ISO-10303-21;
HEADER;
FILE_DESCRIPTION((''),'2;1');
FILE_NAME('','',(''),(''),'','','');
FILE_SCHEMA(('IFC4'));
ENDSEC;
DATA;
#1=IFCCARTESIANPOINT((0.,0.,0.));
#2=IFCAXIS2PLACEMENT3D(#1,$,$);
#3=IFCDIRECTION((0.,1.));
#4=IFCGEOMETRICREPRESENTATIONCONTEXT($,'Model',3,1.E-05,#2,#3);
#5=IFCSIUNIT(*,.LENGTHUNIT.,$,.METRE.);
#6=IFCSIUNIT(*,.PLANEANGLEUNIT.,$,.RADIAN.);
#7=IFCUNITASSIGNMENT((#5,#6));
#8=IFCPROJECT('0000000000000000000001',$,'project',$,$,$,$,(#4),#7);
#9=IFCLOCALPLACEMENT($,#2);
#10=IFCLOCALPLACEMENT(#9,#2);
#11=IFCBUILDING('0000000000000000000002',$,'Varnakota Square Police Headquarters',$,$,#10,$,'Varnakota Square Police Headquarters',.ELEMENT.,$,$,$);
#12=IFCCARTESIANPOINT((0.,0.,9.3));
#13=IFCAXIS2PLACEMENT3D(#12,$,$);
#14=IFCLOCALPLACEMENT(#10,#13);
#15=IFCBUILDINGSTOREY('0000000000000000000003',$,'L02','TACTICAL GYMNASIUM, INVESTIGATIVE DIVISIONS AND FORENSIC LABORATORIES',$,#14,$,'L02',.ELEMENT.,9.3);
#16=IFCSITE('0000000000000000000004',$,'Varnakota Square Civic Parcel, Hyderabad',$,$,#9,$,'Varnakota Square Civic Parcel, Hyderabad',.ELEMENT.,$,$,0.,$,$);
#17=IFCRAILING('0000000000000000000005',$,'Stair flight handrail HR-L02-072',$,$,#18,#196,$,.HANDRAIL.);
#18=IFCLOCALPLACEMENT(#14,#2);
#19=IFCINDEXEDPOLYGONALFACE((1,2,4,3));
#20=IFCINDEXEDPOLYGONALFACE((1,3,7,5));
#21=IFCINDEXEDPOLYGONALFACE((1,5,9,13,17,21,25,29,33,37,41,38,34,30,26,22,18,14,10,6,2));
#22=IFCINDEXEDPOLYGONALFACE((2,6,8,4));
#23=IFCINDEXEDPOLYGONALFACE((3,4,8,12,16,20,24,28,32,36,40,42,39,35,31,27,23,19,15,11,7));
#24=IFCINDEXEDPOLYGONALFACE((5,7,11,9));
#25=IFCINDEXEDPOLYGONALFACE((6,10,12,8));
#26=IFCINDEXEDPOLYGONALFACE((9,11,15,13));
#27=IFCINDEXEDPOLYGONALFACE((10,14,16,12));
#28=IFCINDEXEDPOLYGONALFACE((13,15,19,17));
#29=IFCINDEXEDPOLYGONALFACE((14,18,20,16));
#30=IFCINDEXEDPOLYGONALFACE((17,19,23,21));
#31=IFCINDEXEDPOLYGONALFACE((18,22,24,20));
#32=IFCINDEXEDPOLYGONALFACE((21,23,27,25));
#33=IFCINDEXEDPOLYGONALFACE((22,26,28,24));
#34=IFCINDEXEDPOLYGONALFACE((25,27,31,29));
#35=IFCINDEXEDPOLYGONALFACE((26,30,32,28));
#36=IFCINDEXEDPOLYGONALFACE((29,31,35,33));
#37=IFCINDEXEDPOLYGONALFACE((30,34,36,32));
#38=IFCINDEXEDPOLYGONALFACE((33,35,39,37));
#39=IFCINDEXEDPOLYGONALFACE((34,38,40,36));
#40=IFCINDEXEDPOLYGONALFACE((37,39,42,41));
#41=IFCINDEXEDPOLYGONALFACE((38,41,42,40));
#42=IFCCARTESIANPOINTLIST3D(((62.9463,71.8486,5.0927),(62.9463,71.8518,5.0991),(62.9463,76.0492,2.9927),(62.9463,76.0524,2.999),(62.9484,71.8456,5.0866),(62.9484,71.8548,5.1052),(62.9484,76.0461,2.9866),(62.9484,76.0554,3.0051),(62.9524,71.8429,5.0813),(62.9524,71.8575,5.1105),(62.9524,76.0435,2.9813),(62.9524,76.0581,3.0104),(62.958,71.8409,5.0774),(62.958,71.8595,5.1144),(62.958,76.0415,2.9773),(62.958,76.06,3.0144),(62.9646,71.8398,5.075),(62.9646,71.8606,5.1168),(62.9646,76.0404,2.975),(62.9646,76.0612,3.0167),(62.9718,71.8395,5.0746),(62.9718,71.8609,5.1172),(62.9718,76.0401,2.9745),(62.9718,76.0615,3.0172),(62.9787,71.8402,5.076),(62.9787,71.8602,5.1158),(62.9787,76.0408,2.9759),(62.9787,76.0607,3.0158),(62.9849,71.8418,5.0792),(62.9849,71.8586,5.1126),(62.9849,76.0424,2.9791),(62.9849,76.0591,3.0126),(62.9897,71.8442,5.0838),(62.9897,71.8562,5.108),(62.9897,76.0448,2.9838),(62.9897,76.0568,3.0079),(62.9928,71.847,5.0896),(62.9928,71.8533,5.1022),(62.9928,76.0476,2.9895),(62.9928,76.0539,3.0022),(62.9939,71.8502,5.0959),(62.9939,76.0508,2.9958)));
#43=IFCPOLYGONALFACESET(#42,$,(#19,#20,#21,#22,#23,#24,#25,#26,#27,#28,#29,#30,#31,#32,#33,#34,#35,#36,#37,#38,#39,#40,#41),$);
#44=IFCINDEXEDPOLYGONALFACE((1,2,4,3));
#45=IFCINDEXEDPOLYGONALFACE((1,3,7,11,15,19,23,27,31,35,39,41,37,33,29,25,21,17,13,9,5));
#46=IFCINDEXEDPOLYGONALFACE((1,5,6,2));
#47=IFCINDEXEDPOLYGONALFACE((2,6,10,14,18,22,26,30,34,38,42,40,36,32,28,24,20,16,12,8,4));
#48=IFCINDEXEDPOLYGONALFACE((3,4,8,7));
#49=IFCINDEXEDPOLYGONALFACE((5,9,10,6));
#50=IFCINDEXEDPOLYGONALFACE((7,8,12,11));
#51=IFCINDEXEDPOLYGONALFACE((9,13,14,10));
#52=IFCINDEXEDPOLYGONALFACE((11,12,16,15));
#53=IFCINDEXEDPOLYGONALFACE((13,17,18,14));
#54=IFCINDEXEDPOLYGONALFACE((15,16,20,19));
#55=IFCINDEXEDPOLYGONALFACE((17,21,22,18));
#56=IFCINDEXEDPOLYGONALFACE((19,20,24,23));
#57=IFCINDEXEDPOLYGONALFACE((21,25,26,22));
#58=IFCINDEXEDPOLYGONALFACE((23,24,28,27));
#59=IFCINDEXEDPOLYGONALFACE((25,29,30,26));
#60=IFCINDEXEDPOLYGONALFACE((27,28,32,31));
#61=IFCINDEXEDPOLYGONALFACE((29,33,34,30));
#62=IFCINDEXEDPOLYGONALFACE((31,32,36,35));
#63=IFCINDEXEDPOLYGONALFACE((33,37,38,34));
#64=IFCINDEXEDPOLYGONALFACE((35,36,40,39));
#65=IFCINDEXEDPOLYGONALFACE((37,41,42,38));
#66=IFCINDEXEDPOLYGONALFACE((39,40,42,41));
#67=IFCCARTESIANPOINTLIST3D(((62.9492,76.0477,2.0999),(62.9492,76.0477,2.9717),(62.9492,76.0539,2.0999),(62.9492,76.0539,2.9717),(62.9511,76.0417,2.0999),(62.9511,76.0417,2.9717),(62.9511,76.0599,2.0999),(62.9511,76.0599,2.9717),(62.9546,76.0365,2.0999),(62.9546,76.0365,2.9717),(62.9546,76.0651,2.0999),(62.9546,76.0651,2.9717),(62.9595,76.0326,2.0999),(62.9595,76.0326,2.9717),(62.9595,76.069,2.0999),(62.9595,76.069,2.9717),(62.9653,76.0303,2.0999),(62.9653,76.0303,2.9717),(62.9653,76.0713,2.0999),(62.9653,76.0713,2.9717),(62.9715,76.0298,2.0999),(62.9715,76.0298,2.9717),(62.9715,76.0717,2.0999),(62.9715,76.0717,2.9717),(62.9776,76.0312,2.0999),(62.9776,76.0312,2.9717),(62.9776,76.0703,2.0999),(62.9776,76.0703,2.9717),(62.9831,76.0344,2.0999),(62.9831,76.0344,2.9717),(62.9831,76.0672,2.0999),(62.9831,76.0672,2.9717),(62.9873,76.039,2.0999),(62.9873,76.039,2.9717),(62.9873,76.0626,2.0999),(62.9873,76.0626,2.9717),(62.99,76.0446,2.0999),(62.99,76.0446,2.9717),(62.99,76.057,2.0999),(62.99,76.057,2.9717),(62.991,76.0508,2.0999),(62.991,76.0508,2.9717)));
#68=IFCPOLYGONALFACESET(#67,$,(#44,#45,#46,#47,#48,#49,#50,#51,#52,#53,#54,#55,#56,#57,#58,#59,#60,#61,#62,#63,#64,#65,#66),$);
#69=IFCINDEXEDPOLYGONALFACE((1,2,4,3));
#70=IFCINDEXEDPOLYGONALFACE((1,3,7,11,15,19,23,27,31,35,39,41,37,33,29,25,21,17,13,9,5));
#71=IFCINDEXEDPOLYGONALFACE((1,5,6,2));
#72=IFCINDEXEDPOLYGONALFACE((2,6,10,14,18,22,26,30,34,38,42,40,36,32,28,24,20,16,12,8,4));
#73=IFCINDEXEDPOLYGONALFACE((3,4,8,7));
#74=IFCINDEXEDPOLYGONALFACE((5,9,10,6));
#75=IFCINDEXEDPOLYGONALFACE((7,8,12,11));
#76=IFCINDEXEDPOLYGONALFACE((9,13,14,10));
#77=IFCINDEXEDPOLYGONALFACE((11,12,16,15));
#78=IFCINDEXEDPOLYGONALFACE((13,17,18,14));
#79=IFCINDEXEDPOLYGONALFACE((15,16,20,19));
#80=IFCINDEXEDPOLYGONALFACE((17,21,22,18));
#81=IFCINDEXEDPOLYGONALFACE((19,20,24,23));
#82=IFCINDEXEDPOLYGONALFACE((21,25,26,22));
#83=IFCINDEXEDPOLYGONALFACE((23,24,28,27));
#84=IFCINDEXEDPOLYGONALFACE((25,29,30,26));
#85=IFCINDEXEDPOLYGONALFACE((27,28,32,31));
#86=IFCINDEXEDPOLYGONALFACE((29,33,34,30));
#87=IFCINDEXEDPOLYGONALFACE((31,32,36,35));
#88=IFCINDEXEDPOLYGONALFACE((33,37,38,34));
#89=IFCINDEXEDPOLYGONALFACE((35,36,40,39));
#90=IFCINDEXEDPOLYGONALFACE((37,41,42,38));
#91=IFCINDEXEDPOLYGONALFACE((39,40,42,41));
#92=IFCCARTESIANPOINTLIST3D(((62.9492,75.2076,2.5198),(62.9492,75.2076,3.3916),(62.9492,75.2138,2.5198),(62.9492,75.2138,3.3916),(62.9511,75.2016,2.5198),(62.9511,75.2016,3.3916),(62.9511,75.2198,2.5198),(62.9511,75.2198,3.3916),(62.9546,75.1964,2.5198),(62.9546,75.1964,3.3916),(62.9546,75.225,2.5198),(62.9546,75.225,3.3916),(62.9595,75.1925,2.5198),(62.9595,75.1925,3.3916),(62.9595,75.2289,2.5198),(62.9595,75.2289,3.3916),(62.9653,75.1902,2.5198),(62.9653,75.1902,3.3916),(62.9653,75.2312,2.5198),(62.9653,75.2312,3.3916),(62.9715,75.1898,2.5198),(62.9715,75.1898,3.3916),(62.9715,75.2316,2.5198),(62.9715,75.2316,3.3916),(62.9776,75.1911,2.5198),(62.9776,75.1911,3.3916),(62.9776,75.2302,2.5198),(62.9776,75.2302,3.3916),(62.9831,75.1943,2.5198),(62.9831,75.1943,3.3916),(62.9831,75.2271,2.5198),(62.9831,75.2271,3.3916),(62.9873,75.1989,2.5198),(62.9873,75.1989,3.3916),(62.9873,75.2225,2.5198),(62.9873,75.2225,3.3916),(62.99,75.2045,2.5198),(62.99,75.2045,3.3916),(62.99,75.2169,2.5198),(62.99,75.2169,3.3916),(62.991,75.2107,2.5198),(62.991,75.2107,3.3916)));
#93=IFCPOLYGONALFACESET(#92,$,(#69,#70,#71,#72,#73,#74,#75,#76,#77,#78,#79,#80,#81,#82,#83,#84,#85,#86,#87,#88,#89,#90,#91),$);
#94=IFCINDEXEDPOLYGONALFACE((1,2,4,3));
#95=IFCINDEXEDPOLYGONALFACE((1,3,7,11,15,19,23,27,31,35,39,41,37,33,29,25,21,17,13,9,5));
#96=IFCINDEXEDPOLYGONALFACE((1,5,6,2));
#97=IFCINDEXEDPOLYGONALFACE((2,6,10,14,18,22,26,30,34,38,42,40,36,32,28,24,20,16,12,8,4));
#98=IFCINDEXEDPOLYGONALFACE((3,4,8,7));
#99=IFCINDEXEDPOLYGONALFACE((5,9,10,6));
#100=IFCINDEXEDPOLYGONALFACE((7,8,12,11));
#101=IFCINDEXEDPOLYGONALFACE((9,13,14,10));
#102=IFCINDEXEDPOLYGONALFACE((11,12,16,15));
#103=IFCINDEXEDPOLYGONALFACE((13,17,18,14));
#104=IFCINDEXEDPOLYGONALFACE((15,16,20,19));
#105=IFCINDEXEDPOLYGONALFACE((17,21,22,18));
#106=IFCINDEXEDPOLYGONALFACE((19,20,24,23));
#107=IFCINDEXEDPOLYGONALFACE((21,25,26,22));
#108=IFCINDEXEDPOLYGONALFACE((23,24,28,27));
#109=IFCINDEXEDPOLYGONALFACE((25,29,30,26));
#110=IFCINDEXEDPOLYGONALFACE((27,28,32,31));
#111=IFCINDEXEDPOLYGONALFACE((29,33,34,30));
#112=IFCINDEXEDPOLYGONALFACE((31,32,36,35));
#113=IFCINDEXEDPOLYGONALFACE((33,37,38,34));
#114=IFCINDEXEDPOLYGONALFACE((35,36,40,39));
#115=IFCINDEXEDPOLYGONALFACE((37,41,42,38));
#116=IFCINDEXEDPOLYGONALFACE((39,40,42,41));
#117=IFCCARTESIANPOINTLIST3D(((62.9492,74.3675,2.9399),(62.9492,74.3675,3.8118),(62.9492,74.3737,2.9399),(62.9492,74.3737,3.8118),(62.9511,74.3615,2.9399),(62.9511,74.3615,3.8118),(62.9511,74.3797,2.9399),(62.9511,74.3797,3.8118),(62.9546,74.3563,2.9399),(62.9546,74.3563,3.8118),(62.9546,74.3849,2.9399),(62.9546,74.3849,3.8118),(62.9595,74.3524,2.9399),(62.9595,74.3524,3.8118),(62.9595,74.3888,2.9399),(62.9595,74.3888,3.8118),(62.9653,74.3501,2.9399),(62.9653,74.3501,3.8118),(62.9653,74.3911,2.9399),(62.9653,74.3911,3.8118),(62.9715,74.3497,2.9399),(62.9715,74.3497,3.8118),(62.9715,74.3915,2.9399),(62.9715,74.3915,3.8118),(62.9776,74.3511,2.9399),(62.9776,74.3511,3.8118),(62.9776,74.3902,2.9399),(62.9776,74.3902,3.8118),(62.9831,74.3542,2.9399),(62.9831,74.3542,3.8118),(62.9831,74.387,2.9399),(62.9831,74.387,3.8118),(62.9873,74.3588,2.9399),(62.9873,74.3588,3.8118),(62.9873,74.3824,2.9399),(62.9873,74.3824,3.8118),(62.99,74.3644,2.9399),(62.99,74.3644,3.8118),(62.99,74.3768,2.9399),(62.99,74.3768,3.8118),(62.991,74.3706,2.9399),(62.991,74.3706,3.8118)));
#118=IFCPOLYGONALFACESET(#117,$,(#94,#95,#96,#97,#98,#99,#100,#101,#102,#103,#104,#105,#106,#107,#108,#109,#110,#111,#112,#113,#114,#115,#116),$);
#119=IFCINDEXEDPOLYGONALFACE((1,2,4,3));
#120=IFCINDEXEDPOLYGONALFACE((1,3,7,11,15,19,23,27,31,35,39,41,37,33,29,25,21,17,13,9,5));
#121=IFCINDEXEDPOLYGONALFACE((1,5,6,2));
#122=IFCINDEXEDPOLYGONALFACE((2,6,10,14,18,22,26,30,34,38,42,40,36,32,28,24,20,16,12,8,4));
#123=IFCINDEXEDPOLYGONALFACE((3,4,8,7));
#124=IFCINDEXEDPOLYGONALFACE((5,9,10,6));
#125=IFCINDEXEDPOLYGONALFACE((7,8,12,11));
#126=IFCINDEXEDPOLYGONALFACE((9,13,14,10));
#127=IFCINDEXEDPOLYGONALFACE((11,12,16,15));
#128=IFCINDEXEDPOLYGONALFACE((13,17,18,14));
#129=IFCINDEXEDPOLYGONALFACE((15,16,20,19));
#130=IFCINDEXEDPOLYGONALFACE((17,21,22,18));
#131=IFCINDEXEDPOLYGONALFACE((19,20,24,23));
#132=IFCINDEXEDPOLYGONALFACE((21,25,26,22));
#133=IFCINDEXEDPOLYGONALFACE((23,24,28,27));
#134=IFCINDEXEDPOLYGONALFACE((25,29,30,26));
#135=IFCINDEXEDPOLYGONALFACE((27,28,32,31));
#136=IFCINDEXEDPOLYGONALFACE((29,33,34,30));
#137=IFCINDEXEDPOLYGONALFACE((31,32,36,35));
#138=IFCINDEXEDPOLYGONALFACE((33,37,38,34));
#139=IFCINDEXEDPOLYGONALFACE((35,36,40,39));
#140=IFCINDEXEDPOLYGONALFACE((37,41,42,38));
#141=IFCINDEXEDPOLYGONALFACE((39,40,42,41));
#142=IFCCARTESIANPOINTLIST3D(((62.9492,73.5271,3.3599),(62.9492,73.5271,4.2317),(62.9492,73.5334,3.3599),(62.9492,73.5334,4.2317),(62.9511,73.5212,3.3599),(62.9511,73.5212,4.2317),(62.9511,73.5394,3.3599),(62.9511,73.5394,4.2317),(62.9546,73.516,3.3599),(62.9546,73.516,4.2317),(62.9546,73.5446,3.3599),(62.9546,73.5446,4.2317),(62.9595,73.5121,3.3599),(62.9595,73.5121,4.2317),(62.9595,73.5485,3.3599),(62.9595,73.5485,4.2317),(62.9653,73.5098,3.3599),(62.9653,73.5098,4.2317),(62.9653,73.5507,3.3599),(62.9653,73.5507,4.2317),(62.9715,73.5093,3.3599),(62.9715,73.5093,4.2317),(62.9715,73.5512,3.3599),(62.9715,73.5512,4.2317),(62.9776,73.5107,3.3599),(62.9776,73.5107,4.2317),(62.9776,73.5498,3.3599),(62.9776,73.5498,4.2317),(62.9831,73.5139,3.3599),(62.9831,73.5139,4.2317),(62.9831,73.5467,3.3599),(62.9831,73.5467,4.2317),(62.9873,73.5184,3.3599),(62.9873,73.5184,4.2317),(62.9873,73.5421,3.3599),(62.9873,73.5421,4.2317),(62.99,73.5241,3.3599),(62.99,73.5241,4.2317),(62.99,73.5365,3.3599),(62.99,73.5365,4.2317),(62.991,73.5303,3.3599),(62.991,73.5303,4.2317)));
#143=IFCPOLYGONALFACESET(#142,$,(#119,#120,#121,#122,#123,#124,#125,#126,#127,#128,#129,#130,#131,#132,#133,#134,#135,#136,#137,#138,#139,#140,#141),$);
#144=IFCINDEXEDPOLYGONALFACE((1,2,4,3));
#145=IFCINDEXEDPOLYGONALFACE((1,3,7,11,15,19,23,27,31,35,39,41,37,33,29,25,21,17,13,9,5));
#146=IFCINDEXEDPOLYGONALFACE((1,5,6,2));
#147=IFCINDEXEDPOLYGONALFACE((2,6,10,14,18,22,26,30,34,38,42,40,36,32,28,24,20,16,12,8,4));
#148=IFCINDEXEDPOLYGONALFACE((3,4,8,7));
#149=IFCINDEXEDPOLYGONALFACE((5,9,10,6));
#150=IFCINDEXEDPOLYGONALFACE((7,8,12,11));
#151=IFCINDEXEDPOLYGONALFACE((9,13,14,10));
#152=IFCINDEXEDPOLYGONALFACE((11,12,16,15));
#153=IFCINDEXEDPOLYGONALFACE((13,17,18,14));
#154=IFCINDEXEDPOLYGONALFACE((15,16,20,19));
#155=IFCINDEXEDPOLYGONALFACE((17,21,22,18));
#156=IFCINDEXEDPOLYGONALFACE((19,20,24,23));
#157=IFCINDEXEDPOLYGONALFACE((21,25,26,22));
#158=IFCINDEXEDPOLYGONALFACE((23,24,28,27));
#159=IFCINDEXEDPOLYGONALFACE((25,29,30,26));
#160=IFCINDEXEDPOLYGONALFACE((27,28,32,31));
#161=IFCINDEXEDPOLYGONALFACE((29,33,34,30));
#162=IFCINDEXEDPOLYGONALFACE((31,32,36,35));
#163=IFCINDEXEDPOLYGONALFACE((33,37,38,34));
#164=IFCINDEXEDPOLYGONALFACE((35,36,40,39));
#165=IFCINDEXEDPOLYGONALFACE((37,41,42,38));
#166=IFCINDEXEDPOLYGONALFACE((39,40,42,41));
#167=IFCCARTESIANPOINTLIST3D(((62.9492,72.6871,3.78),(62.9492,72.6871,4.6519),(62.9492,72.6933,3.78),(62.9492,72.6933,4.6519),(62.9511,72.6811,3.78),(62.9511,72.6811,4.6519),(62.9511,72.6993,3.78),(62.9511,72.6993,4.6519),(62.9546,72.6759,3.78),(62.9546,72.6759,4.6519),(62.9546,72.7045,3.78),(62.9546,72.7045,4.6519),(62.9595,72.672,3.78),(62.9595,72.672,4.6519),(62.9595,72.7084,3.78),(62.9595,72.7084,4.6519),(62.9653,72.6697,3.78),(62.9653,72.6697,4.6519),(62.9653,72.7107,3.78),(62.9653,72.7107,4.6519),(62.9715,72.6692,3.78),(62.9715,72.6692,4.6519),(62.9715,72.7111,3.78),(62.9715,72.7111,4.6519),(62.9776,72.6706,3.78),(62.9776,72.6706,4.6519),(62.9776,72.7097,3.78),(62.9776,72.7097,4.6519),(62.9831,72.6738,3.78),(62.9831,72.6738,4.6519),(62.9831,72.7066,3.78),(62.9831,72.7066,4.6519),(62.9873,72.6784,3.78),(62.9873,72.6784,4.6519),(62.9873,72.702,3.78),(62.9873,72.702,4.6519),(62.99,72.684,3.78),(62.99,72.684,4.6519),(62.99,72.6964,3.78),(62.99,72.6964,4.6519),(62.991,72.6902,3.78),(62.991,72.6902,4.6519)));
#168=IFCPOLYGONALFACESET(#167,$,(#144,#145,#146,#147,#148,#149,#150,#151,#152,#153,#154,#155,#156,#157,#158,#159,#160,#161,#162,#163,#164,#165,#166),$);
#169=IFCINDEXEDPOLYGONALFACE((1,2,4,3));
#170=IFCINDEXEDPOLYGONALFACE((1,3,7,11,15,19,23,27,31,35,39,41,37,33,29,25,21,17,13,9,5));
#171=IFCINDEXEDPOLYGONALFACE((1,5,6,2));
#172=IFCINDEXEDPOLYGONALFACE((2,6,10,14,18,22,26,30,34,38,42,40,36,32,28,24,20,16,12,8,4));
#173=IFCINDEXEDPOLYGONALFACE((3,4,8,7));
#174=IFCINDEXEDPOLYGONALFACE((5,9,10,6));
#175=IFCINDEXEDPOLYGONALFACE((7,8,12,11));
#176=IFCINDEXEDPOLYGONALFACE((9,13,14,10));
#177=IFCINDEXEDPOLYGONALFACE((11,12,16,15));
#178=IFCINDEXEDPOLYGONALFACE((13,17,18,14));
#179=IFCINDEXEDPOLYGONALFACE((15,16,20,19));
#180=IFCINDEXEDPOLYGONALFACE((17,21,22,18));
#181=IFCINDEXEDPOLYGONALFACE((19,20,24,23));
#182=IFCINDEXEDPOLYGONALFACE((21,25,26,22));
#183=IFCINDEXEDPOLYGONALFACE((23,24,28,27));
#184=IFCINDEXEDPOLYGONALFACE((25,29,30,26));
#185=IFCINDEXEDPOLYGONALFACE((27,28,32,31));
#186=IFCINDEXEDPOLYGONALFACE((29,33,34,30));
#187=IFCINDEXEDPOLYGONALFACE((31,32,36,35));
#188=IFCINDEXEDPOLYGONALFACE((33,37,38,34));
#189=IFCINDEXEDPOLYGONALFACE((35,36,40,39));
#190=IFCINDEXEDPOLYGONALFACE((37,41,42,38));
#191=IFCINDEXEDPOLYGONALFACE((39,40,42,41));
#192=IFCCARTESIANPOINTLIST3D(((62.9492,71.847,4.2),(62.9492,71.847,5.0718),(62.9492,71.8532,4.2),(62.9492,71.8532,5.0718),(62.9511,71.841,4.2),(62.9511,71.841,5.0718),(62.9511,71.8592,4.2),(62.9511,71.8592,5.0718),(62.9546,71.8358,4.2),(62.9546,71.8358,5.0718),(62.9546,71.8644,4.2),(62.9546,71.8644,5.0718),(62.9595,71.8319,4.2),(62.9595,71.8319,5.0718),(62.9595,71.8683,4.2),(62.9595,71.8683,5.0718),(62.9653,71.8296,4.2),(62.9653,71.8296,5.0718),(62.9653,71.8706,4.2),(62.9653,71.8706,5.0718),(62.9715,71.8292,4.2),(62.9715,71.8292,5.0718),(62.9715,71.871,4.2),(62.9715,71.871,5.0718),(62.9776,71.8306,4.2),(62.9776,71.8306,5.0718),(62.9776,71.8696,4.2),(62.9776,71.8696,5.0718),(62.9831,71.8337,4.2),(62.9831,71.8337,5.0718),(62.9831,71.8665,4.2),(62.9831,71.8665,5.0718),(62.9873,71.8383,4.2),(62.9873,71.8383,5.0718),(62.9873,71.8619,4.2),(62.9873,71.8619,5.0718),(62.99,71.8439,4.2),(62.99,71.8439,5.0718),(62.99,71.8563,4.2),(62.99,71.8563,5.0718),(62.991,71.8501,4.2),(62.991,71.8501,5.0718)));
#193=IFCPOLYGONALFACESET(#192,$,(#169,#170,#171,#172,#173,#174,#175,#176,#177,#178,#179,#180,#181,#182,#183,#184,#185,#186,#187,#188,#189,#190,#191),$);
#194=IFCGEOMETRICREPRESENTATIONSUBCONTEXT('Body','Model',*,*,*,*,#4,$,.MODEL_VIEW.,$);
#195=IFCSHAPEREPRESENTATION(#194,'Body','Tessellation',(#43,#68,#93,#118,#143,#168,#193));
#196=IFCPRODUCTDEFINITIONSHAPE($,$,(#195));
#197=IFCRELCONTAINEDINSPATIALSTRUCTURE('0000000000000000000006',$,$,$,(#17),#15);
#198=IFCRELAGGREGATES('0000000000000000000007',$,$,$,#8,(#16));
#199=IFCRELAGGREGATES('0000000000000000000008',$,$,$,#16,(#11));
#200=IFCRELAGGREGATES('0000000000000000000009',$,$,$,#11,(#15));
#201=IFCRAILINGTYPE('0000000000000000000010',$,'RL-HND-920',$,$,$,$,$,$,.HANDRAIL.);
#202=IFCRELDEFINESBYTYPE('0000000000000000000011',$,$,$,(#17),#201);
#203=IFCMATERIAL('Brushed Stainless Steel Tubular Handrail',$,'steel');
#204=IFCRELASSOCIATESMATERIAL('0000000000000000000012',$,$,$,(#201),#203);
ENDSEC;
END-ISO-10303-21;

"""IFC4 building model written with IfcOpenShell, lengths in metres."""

from ifc_helpers import new_model, si_unit, direction, frame, origin, origin_2d, place, context, subcontext, project, spatial, circle, extrude, material, type_object, element, save


model = new_model("IFC4")

# Units and contexts
model_context = context("Model", 3, precision=1e-05, world=origin(), true_north=direction((0.0, 1.0)))
body_context = subcontext(model_context, "Body", "Model", "MODEL_VIEW")
ifc_project = project(units=[si_unit("LENGTHUNIT", "METRE"), si_unit("PLANEANGLEUNIT", "RADIAN")], contexts=[model_context])

# Site, building, storey
site_placement = place(None, origin())
site = spatial("IfcSite", under=ifc_project, at=site_placement, Name="Varnakota Square Civic Parcel, Hyderabad", LongName="Varnakota Square Civic Parcel, Hyderabad", CompositionType="ELEMENT", RefElevation=0.0)
building_placement = place(site_placement, origin())
building = spatial("IfcBuilding", under=site, at=building_placement, Name="Varnakota Square Police Headquarters", LongName="Varnakota Square Police Headquarters", CompositionType="ELEMENT")
storey_placement = place(building_placement, frame((0.0, 0.0, 9.3)))
storey = spatial("IfcBuildingStorey", under=building, at=storey_placement, Name="L02", Description="TACTICAL GYMNASIUM, INVESTIGATIVE DIVISIONS AND FORENSIC LABORATORIES", LongName="L02", CompositionType="ELEMENT", Elevation=9.3)

# Railing
ifc_material_1 = material(Name="Brushed Stainless Steel Tubular Handrail", Category="steel")
railing_type_1 = type_object("IfcRailingType", Name="RL-HND-920", PredefinedType="HANDRAIL", material=ifc_material_1)
railing_1_placement = place(storey_placement, frame((62.97, 76.0508, 2.0999)))
element("IfcRailing", 1, at=railing_1_placement, inside=storey, type_object=railing_type_1, Name="Stair flight handrail HR-L02-072", PredefinedType="HANDRAIL", context=body_context, shape_type="SweptSolid", body=[
    extrude(circle(Radius=0.0239, at=origin_2d()), frame((0.0, 0.0, 0.896), z_axis=(0.0, -0.894448, 0.447172), x_axis=(1.0, 0.0, 0.0)), (0.0, 0.0, 1.0), 4.6963),
    extrude(circle(Radius=0.021, at=origin_2d()), origin(), (0.0, 0.0, 1.0), 0.8718),
    extrude(circle(Radius=0.021, at=origin_2d()), frame((0.0, -0.8401, 0.4199)), (0.0, 0.0, 1.0), 0.8718),
    extrude(circle(Radius=0.021, at=origin_2d()), frame((0.0, -1.6802, 0.8401)), (0.0, 0.0, 1.0), 0.8718),
    extrude(circle(Radius=0.021, at=origin_2d()), frame((0.0, -2.5205, 1.26)), (0.0, 0.0, 1.0), 0.8718),
    extrude(circle(Radius=0.021, at=origin_2d()), frame((0.0, -3.3606, 1.6802)), (0.0, 0.0, 1.0), 0.8718),
    extrude(circle(Radius=0.021, at=origin_2d()), frame((0.0, -4.2007, 2.1001)), (0.0, 0.0, 1.0), 0.8718),
])

save(model, "model.ifc")
